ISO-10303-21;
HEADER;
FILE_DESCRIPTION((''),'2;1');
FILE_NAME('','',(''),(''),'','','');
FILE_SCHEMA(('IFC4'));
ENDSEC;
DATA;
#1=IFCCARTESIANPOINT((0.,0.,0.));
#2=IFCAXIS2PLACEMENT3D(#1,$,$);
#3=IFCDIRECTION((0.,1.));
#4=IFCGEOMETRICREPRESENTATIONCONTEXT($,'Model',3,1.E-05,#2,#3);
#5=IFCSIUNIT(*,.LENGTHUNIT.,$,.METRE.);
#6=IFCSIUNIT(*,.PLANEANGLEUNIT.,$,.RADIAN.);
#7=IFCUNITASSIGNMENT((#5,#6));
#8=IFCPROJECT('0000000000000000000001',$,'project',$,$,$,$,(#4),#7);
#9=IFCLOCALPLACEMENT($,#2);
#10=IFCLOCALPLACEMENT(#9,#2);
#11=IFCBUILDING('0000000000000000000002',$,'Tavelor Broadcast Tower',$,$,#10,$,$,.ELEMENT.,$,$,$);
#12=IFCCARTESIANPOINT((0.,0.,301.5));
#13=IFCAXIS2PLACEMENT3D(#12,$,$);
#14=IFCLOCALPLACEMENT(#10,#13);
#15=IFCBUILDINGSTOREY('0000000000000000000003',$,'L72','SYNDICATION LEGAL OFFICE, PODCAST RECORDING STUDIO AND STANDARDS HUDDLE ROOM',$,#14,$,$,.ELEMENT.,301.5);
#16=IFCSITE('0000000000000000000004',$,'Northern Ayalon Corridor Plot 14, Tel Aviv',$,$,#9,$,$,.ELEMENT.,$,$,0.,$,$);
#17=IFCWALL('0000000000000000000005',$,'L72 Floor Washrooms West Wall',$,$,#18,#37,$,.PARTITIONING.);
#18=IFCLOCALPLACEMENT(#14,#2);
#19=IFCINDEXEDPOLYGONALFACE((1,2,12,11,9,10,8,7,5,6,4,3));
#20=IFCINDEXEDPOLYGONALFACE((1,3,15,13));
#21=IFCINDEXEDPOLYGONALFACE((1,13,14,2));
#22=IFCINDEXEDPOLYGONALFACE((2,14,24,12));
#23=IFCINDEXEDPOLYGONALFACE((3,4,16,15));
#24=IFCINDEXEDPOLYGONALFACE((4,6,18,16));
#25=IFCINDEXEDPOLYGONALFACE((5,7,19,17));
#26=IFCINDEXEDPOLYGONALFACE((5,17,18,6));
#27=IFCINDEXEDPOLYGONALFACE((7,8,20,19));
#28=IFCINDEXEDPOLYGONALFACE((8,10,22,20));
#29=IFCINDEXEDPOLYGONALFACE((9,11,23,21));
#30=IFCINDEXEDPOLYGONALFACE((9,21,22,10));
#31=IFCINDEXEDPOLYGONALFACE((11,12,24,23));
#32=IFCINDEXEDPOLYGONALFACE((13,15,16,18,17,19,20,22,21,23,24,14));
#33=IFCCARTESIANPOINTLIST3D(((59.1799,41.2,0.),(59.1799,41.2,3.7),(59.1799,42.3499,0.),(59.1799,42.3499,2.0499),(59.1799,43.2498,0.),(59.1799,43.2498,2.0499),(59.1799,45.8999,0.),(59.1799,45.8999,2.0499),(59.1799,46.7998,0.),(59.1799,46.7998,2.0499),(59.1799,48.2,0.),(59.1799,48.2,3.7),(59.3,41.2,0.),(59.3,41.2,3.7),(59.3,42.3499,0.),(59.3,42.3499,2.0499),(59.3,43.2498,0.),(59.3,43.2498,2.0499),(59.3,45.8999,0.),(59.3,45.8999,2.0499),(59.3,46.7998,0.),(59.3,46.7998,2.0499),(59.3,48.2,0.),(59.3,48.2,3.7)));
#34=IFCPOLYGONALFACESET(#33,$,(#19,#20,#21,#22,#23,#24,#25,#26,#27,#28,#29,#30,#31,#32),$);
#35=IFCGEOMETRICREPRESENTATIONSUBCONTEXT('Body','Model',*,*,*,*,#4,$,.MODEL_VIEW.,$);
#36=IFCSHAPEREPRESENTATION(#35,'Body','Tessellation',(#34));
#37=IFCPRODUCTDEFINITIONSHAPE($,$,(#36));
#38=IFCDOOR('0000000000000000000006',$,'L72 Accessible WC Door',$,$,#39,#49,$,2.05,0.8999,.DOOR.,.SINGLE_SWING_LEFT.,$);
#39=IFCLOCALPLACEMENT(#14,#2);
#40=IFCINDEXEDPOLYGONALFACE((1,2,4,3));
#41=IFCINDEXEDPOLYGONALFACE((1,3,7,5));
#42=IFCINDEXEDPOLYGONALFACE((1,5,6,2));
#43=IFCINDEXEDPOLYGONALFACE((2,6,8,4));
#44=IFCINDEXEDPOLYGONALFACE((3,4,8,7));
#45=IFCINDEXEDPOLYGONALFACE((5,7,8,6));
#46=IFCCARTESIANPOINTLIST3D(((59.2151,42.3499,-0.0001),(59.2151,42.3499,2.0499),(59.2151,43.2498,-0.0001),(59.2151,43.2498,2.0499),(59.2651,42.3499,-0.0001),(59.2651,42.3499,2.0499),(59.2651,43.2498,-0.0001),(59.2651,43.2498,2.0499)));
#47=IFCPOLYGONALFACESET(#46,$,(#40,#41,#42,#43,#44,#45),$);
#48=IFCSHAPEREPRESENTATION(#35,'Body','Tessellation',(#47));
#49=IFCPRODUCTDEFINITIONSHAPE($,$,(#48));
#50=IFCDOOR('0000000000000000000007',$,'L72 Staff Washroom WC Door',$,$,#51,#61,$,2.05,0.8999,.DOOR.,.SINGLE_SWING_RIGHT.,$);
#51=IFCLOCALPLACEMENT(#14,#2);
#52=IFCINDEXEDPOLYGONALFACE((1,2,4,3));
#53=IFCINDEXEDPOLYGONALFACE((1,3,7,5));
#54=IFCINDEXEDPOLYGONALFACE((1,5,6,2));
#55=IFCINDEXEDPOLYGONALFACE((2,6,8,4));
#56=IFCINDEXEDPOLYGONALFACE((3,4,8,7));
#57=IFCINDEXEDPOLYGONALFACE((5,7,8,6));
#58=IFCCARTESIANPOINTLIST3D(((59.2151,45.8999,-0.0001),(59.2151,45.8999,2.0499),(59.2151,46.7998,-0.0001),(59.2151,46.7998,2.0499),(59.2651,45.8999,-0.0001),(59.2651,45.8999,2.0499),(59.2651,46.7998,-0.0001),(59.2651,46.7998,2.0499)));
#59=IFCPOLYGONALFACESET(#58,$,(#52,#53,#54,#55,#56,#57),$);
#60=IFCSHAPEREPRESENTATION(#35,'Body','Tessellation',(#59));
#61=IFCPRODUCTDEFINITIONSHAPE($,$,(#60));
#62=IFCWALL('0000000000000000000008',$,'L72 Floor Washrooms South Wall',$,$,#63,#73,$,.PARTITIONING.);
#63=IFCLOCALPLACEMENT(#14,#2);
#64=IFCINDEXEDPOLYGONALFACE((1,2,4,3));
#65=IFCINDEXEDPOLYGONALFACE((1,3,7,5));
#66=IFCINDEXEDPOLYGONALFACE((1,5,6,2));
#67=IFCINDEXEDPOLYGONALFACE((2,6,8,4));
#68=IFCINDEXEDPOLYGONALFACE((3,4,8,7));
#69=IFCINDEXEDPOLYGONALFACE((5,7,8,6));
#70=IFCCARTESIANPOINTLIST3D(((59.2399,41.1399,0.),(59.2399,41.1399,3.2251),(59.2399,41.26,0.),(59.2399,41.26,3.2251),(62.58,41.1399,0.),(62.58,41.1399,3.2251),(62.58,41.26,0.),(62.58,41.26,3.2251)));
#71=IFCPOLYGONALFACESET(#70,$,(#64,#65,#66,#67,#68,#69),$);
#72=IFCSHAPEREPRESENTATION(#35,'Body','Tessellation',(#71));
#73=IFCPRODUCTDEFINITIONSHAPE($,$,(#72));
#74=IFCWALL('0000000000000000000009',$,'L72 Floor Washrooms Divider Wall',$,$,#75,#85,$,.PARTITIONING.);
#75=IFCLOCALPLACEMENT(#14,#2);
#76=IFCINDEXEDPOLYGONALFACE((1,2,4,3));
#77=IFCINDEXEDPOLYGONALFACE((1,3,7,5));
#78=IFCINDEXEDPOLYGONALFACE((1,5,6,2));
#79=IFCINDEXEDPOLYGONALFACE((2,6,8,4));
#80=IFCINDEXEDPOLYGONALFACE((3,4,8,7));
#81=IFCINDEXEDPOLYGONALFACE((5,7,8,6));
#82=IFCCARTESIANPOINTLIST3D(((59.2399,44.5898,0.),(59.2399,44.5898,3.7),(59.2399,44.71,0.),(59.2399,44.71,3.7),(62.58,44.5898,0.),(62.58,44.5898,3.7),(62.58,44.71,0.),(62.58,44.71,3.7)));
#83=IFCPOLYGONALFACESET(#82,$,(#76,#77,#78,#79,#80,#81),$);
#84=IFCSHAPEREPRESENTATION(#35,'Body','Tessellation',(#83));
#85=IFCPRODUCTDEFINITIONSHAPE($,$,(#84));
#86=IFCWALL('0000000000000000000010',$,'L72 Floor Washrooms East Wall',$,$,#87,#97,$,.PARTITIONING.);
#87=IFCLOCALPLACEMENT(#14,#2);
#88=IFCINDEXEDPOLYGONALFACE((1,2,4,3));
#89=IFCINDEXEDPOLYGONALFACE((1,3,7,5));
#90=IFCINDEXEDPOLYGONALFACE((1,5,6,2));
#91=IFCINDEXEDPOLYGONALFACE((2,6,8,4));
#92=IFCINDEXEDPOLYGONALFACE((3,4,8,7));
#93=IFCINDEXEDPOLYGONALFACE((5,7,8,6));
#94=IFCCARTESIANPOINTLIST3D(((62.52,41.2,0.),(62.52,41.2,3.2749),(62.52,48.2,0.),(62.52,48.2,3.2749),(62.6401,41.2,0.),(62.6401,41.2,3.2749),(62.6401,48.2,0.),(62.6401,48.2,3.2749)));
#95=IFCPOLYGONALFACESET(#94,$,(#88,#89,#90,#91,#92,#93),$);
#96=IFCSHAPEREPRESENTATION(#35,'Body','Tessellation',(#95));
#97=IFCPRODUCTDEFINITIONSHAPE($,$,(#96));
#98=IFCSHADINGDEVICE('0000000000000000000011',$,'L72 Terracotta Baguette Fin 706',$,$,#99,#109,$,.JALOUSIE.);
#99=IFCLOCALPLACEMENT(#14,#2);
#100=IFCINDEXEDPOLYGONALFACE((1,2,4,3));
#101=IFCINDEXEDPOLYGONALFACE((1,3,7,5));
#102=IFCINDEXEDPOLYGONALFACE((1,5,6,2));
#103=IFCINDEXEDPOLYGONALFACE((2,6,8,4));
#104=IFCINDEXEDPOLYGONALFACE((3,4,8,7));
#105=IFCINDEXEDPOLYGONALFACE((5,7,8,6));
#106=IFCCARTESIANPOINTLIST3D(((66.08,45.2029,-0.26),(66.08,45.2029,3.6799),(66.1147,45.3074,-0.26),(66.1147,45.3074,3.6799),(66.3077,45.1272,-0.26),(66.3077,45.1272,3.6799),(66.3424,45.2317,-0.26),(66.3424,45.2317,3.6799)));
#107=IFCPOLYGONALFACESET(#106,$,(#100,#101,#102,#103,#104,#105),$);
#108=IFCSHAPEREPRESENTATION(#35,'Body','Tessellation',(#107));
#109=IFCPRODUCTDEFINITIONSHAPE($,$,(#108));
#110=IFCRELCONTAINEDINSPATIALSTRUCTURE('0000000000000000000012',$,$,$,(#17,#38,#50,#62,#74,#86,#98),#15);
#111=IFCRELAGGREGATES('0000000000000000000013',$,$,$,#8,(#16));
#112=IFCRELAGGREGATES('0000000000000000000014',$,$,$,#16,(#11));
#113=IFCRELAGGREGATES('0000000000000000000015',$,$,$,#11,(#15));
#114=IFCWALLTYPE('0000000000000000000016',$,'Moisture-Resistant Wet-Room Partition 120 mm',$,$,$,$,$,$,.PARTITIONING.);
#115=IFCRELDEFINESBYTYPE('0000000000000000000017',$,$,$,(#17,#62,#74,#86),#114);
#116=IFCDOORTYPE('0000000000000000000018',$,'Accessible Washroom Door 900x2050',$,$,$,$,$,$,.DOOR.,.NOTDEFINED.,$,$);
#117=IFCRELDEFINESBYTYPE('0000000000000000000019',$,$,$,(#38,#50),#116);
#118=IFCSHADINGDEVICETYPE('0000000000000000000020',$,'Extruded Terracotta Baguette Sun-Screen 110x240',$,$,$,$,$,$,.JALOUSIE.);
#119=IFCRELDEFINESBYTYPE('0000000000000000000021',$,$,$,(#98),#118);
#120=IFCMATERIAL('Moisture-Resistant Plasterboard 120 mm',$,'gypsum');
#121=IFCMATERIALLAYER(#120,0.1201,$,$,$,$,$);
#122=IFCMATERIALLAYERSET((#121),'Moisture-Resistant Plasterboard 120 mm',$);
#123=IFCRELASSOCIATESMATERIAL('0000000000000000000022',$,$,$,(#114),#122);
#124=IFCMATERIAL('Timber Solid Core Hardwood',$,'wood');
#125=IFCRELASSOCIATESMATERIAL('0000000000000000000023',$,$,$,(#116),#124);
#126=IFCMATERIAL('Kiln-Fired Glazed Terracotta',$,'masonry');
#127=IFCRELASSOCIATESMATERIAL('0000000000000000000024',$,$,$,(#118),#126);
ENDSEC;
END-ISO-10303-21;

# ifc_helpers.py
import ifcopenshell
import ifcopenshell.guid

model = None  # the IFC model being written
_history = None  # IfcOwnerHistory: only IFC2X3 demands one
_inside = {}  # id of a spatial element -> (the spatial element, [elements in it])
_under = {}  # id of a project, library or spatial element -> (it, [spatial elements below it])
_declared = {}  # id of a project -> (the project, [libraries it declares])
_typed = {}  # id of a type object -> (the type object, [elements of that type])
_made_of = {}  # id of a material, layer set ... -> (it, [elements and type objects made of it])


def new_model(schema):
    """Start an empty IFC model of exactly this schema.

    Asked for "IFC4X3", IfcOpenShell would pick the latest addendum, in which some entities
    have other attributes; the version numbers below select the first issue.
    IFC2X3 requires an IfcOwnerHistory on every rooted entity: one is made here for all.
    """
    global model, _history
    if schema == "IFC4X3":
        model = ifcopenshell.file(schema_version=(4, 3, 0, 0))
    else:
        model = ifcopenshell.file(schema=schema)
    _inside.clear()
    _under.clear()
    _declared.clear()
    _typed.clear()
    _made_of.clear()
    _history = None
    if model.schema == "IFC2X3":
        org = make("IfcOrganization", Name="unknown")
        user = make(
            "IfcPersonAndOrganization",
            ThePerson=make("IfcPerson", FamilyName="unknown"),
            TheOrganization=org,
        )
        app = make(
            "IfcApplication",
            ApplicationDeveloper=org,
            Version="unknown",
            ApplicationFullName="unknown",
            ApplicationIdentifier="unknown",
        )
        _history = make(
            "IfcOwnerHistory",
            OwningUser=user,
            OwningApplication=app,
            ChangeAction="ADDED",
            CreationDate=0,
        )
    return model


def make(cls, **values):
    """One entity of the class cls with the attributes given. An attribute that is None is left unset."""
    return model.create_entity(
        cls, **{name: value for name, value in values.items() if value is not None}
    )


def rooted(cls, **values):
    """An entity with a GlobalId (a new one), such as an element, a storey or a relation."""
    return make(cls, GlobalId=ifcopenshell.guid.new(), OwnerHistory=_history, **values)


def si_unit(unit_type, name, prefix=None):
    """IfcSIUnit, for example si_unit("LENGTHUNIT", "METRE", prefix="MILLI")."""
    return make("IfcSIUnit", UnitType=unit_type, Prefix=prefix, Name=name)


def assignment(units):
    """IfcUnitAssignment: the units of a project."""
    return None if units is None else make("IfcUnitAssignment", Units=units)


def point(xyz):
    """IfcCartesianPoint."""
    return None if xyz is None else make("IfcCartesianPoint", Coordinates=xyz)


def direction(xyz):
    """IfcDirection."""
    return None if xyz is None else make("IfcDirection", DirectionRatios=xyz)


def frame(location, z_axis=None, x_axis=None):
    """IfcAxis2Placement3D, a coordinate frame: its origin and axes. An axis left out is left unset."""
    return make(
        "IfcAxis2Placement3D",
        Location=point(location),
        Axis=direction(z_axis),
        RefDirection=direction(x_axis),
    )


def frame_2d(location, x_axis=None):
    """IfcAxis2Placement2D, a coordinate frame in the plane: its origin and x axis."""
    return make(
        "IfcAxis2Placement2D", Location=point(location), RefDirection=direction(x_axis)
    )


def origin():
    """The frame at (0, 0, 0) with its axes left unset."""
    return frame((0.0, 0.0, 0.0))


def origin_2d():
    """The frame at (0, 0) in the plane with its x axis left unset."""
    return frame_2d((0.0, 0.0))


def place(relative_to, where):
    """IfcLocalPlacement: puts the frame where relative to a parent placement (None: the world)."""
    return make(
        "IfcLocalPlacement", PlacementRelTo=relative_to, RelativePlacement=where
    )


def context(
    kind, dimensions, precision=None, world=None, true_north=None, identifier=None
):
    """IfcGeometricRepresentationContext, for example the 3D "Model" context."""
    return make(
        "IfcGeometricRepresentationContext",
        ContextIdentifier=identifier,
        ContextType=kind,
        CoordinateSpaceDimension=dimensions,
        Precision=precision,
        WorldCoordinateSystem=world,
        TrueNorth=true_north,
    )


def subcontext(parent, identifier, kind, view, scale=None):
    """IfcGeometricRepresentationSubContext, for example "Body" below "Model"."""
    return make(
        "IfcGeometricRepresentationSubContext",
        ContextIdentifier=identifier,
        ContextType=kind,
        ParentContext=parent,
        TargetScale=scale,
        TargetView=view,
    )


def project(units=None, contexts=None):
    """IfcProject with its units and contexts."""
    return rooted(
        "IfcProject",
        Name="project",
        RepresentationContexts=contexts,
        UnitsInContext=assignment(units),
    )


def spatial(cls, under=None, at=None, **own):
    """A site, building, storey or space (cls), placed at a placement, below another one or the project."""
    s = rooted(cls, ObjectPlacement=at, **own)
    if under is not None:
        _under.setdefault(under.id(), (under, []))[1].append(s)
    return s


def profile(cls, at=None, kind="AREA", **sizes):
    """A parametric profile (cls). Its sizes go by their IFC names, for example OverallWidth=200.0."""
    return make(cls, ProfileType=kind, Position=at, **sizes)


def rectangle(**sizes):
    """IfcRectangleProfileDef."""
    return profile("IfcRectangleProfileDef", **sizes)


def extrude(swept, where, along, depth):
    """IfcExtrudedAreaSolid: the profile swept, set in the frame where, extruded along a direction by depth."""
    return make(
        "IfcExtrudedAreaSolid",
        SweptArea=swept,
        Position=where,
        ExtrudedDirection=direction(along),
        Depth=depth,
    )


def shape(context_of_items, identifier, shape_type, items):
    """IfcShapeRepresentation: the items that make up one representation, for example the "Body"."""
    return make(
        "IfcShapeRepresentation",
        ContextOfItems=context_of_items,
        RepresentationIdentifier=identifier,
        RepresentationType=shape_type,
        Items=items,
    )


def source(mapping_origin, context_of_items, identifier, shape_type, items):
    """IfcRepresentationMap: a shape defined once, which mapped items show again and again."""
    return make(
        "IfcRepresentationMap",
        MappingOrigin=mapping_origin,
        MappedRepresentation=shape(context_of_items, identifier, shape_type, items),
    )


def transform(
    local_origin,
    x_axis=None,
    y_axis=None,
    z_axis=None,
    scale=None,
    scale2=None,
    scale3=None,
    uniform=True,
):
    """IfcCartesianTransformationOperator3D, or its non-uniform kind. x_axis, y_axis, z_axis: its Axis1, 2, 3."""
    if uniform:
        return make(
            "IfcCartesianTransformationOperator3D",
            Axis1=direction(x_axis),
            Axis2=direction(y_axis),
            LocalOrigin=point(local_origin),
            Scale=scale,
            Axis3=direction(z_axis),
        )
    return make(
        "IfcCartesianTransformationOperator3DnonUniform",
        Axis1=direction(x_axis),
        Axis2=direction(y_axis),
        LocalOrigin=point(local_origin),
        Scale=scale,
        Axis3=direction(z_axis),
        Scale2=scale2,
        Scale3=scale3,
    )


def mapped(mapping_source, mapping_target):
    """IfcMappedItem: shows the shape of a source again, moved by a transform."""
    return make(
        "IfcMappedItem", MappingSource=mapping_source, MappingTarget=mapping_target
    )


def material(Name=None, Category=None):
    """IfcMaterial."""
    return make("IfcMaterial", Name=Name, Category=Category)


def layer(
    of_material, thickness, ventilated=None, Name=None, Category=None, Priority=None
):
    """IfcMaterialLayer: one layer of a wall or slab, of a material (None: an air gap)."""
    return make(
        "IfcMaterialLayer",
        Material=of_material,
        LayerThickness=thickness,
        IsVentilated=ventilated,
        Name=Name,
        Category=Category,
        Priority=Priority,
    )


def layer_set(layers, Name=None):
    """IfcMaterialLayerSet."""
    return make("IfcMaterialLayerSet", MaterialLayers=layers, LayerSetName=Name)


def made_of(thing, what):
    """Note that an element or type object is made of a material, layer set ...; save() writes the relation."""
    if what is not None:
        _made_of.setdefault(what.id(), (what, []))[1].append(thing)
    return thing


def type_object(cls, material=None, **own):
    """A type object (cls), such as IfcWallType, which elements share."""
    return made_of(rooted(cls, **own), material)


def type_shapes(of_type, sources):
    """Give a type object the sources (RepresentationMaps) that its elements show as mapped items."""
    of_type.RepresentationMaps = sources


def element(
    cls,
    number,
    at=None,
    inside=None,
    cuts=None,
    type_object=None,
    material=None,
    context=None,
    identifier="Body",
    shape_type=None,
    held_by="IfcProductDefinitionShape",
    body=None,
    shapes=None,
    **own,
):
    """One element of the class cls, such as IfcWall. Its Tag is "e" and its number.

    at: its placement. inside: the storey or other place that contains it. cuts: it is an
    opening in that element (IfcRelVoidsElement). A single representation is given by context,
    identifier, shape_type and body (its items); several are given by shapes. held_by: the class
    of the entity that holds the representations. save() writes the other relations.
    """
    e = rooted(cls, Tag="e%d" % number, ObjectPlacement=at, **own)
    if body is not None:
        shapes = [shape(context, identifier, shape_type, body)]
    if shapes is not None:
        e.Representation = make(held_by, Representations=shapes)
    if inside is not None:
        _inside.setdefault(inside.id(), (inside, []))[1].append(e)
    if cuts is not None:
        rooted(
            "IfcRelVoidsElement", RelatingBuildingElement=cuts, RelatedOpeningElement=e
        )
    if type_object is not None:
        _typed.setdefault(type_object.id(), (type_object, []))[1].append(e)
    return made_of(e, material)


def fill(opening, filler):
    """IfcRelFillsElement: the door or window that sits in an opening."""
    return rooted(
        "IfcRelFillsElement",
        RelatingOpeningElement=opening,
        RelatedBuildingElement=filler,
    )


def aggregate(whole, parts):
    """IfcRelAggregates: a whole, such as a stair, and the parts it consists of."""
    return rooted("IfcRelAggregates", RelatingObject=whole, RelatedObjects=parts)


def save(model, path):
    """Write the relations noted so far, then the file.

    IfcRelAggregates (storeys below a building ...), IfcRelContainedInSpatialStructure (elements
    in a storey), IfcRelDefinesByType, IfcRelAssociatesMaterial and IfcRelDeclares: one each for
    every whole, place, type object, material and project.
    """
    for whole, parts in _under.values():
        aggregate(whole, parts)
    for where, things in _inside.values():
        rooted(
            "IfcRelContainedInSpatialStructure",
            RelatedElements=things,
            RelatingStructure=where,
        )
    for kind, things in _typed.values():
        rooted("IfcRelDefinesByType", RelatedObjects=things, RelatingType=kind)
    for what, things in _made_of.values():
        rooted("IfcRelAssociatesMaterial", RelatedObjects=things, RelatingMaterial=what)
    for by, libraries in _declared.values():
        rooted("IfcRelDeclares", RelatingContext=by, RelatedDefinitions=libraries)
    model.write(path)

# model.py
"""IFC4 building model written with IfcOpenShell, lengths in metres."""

from ifc_helpers import new_model, si_unit, direction, frame, frame_2d, origin, origin_2d, place, context, subcontext, project, spatial, rectangle, extrude, source, transform, mapped, material, layer, layer_set, type_object, type_shapes, element, fill, save


model = new_model("IFC4")

# Units and contexts
model_context = context("Model", 3, precision=1e-05, world=origin(), true_north=direction((0.0, 1.0)))
body_context = subcontext(model_context, "Body", "Model", "MODEL_VIEW")
ifc_project = project(units=[si_unit("LENGTHUNIT", "METRE"), si_unit("PLANEANGLEUNIT", "RADIAN")], contexts=[model_context])

# Site, building, storey
site_placement = place(None, origin())
site = spatial("IfcSite", under=ifc_project, at=site_placement, Name="Northern Ayalon Corridor Plot 14, Tel Aviv", CompositionType="ELEMENT", RefElevation=0.0)
building_placement = place(site_placement, origin())
building = spatial("IfcBuilding", under=site, at=building_placement, Name="Tavelor Broadcast Tower", CompositionType="ELEMENT")
storey_placement = place(building_placement, frame((0.0, 0.0, 301.5)))
storey = spatial("IfcBuildingStorey", under=building, at=storey_placement, Name="L72", Description="SYNDICATION LEGAL OFFICE, PODCAST RECORDING STUDIO AND STANDARDS HUDDLE ROOM", CompositionType="ELEMENT", Elevation=301.5)

# Shared definitions
ifc_material_1 = material(Name="Timber Solid Core Hardwood", Category="wood")

# Wall, openings, doors
ifc_material_2 = material(Name="Moisture-Resistant Plasterboard 120 mm", Category="gypsum")
ifc_layer_1 = layer(ifc_material_2, 0.1201)
ifc_layer_set_1 = layer_set([ifc_layer_1], Name="Moisture-Resistant Plasterboard 120 mm")
wall_type_1 = type_object("IfcWallType", Name="Moisture-Resistant Wet-Room Partition 120 mm", PredefinedType="PARTITIONING", material=ifc_layer_set_1)
wall_1_placement = place(storey_placement, frame((59.24, 41.2, 0.0), z_axis=(0.0, 0.0, 1.0), x_axis=(0.0, 1.0, 0.0)))
wall_1 = element("IfcWall", 1, at=wall_1_placement, inside=storey, type_object=wall_type_1, Name="L72 Floor Washrooms West Wall", PredefinedType="PARTITIONING", context=body_context, shape_type="SweptSolid", body=[
    extrude(rectangle(XDim=7.0, YDim=0.1201, at=frame_2d((3.5, 0.0))), origin(), (0.0, 0.0, 1.0), 3.7),
])
opening_1_placement = place(wall_1_placement, frame((1.1499, 0.0, 0.0)))
opening_1 = element("IfcOpeningElement", 2, at=opening_1_placement, cuts=wall_1, PredefinedType="OPENING", context=body_context, shape_type="SweptSolid", body=[
    extrude(rectangle(XDim=0.8999, YDim=2.05, at=frame_2d((0.45, 1.0249))), frame((0.0, 0.0701, 0.0), z_axis=(0.0, -1.0, 0.0), x_axis=(1.0, 0.0, 0.0)), (0.0, 0.0, 1.0), 0.1401),
])
opening_2_placement = place(wall_1_placement, frame((4.7, 0.0, 0.0)))
opening_2 = element("IfcOpeningElement", 3, at=opening_2_placement, cuts=wall_1, PredefinedType="OPENING", context=body_context, shape_type="SweptSolid", body=[
    extrude(rectangle(XDim=0.8999, YDim=2.05, at=frame_2d((0.45, 1.0249))), frame((0.0, 0.0701, 0.0), z_axis=(0.0, -1.0, 0.0), x_axis=(1.0, 0.0, 0.0)), (0.0, 0.0, 1.0), 0.1401),
])
door_type_1 = type_object("IfcDoorType", Name="Accessible Washroom Door 900x2050", OperationType="NOTDEFINED", PredefinedType="DOOR", material=ifc_material_1)
door_1_placement = place(opening_1_placement, origin())
door_1 = element("IfcDoor", 4, at=door_1_placement, inside=storey, type_object=door_type_1, Name="L72 Accessible WC Door", OperationType="SINGLE_SWING_LEFT", OverallHeight=2.05, OverallWidth=0.8999, PredefinedType="DOOR", context=body_context, shape_type="SweptSolid", body=[
    extrude(rectangle(XDim=0.8999, YDim=2.05, at=frame_2d((0.45, 1.0249))), frame((0.0, 0.0249, 0.0), z_axis=(0.0, -1.0, 0.0), x_axis=(1.0, 0.0, 0.0)), (0.0, 0.0, 1.0), 0.05),
])
fill(opening_1, door_1)
door_2_placement = place(opening_2_placement, origin())
door_2 = element("IfcDoor", 5, at=door_2_placement, inside=storey, type_object=door_type_1, Name="L72 Staff Washroom WC Door", OperationType="SINGLE_SWING_RIGHT", OverallHeight=2.05, OverallWidth=0.8999, PredefinedType="DOOR", context=body_context, shape_type="SweptSolid", body=[
    extrude(rectangle(XDim=0.8999, YDim=2.05, at=frame_2d((0.45, 1.0249))), frame((0.0, 0.0249, 0.0), z_axis=(0.0, -1.0, 0.0), x_axis=(1.0, 0.0, 0.0)), (0.0, 0.0, 1.0), 0.05),
])
fill(opening_2, door_2)

# Walls
wall_2_placement = place(storey_placement, frame((59.24, 41.2, 0.0), z_axis=(0.0, 0.0, 1.0), x_axis=(1.0, 0.0, 0.0)))
element("IfcWall", 6, at=wall_2_placement, inside=storey, type_object=wall_type_1, Name="L72 Floor Washrooms South Wall", PredefinedType="PARTITIONING", context=body_context, shape_type="SweptSolid", body=[
    extrude(rectangle(XDim=3.3401, YDim=0.1201, at=frame_2d((1.6699, 0.0))), origin(), (0.0, 0.0, 1.0), 3.2251),
])
wall_3_placement = place(storey_placement, frame((59.24, 44.6499, 0.0), z_axis=(0.0, 0.0, 1.0), x_axis=(1.0, 0.0, 0.0)))
element("IfcWall", 7, at=wall_3_placement, inside=storey, type_object=wall_type_1, Name="L72 Floor Washrooms Divider Wall", PredefinedType="PARTITIONING", context=body_context, shape_type="SweptSolid", body=[
    extrude(rectangle(XDim=3.3401, YDim=0.1201, at=frame_2d((1.6699, 0.0))), origin(), (0.0, 0.0, 1.0), 3.7),
])
wall_4_placement = place(storey_placement, frame((62.5801, 41.2, 0.0), z_axis=(0.0, 0.0, 1.0), x_axis=(0.0, 1.0, 0.0)))
element("IfcWall", 8, at=wall_4_placement, inside=storey, type_object=wall_type_1, Name="L72 Floor Washrooms East Wall", PredefinedType="PARTITIONING", context=body_context, shape_type="SweptSolid", body=[
    extrude(rectangle(XDim=7.0, YDim=0.1201, at=frame_2d((3.5, 0.0))), origin(), (0.0, 0.0, 1.0), 3.2749),
])

# Shading device
ifc_material_3 = material(Name="Kiln-Fired Glazed Terracotta", Category="masonry")
shading_device_type = type_object("IfcShadingDeviceType", Name="Extruded Terracotta Baguette Sun-Screen 110x240", PredefinedType="JALOUSIE", material=ifc_material_3)
shared_shape_1 = source(origin(), body_context, "Body", "SweptSolid", [
    extrude(rectangle(XDim=0.1101, YDim=0.24, at=origin_2d()), origin(), (0.0, 0.0, 1.0), 3.9399),
])
type_shapes(shading_device_type, [shared_shape_1])
shading_device_placement = place(storey_placement, frame((66.2112, 45.2173, -0.26), z_axis=(0.0, 0.0, 1.0), x_axis=(0.315152, 0.949041, 0.0)))
element("IfcShadingDevice", 9, at=shading_device_placement, inside=storey, type_object=shading_device_type, Name="L72 Terracotta Baguette Fin 706", PredefinedType="JALOUSIE", context=body_context, shape_type="MappedRepresentation", body=[
    mapped(shared_shape_1, transform((0.0, 0.0, 0.0), scale=1.0)),
])

save(model, "model.ifc")
